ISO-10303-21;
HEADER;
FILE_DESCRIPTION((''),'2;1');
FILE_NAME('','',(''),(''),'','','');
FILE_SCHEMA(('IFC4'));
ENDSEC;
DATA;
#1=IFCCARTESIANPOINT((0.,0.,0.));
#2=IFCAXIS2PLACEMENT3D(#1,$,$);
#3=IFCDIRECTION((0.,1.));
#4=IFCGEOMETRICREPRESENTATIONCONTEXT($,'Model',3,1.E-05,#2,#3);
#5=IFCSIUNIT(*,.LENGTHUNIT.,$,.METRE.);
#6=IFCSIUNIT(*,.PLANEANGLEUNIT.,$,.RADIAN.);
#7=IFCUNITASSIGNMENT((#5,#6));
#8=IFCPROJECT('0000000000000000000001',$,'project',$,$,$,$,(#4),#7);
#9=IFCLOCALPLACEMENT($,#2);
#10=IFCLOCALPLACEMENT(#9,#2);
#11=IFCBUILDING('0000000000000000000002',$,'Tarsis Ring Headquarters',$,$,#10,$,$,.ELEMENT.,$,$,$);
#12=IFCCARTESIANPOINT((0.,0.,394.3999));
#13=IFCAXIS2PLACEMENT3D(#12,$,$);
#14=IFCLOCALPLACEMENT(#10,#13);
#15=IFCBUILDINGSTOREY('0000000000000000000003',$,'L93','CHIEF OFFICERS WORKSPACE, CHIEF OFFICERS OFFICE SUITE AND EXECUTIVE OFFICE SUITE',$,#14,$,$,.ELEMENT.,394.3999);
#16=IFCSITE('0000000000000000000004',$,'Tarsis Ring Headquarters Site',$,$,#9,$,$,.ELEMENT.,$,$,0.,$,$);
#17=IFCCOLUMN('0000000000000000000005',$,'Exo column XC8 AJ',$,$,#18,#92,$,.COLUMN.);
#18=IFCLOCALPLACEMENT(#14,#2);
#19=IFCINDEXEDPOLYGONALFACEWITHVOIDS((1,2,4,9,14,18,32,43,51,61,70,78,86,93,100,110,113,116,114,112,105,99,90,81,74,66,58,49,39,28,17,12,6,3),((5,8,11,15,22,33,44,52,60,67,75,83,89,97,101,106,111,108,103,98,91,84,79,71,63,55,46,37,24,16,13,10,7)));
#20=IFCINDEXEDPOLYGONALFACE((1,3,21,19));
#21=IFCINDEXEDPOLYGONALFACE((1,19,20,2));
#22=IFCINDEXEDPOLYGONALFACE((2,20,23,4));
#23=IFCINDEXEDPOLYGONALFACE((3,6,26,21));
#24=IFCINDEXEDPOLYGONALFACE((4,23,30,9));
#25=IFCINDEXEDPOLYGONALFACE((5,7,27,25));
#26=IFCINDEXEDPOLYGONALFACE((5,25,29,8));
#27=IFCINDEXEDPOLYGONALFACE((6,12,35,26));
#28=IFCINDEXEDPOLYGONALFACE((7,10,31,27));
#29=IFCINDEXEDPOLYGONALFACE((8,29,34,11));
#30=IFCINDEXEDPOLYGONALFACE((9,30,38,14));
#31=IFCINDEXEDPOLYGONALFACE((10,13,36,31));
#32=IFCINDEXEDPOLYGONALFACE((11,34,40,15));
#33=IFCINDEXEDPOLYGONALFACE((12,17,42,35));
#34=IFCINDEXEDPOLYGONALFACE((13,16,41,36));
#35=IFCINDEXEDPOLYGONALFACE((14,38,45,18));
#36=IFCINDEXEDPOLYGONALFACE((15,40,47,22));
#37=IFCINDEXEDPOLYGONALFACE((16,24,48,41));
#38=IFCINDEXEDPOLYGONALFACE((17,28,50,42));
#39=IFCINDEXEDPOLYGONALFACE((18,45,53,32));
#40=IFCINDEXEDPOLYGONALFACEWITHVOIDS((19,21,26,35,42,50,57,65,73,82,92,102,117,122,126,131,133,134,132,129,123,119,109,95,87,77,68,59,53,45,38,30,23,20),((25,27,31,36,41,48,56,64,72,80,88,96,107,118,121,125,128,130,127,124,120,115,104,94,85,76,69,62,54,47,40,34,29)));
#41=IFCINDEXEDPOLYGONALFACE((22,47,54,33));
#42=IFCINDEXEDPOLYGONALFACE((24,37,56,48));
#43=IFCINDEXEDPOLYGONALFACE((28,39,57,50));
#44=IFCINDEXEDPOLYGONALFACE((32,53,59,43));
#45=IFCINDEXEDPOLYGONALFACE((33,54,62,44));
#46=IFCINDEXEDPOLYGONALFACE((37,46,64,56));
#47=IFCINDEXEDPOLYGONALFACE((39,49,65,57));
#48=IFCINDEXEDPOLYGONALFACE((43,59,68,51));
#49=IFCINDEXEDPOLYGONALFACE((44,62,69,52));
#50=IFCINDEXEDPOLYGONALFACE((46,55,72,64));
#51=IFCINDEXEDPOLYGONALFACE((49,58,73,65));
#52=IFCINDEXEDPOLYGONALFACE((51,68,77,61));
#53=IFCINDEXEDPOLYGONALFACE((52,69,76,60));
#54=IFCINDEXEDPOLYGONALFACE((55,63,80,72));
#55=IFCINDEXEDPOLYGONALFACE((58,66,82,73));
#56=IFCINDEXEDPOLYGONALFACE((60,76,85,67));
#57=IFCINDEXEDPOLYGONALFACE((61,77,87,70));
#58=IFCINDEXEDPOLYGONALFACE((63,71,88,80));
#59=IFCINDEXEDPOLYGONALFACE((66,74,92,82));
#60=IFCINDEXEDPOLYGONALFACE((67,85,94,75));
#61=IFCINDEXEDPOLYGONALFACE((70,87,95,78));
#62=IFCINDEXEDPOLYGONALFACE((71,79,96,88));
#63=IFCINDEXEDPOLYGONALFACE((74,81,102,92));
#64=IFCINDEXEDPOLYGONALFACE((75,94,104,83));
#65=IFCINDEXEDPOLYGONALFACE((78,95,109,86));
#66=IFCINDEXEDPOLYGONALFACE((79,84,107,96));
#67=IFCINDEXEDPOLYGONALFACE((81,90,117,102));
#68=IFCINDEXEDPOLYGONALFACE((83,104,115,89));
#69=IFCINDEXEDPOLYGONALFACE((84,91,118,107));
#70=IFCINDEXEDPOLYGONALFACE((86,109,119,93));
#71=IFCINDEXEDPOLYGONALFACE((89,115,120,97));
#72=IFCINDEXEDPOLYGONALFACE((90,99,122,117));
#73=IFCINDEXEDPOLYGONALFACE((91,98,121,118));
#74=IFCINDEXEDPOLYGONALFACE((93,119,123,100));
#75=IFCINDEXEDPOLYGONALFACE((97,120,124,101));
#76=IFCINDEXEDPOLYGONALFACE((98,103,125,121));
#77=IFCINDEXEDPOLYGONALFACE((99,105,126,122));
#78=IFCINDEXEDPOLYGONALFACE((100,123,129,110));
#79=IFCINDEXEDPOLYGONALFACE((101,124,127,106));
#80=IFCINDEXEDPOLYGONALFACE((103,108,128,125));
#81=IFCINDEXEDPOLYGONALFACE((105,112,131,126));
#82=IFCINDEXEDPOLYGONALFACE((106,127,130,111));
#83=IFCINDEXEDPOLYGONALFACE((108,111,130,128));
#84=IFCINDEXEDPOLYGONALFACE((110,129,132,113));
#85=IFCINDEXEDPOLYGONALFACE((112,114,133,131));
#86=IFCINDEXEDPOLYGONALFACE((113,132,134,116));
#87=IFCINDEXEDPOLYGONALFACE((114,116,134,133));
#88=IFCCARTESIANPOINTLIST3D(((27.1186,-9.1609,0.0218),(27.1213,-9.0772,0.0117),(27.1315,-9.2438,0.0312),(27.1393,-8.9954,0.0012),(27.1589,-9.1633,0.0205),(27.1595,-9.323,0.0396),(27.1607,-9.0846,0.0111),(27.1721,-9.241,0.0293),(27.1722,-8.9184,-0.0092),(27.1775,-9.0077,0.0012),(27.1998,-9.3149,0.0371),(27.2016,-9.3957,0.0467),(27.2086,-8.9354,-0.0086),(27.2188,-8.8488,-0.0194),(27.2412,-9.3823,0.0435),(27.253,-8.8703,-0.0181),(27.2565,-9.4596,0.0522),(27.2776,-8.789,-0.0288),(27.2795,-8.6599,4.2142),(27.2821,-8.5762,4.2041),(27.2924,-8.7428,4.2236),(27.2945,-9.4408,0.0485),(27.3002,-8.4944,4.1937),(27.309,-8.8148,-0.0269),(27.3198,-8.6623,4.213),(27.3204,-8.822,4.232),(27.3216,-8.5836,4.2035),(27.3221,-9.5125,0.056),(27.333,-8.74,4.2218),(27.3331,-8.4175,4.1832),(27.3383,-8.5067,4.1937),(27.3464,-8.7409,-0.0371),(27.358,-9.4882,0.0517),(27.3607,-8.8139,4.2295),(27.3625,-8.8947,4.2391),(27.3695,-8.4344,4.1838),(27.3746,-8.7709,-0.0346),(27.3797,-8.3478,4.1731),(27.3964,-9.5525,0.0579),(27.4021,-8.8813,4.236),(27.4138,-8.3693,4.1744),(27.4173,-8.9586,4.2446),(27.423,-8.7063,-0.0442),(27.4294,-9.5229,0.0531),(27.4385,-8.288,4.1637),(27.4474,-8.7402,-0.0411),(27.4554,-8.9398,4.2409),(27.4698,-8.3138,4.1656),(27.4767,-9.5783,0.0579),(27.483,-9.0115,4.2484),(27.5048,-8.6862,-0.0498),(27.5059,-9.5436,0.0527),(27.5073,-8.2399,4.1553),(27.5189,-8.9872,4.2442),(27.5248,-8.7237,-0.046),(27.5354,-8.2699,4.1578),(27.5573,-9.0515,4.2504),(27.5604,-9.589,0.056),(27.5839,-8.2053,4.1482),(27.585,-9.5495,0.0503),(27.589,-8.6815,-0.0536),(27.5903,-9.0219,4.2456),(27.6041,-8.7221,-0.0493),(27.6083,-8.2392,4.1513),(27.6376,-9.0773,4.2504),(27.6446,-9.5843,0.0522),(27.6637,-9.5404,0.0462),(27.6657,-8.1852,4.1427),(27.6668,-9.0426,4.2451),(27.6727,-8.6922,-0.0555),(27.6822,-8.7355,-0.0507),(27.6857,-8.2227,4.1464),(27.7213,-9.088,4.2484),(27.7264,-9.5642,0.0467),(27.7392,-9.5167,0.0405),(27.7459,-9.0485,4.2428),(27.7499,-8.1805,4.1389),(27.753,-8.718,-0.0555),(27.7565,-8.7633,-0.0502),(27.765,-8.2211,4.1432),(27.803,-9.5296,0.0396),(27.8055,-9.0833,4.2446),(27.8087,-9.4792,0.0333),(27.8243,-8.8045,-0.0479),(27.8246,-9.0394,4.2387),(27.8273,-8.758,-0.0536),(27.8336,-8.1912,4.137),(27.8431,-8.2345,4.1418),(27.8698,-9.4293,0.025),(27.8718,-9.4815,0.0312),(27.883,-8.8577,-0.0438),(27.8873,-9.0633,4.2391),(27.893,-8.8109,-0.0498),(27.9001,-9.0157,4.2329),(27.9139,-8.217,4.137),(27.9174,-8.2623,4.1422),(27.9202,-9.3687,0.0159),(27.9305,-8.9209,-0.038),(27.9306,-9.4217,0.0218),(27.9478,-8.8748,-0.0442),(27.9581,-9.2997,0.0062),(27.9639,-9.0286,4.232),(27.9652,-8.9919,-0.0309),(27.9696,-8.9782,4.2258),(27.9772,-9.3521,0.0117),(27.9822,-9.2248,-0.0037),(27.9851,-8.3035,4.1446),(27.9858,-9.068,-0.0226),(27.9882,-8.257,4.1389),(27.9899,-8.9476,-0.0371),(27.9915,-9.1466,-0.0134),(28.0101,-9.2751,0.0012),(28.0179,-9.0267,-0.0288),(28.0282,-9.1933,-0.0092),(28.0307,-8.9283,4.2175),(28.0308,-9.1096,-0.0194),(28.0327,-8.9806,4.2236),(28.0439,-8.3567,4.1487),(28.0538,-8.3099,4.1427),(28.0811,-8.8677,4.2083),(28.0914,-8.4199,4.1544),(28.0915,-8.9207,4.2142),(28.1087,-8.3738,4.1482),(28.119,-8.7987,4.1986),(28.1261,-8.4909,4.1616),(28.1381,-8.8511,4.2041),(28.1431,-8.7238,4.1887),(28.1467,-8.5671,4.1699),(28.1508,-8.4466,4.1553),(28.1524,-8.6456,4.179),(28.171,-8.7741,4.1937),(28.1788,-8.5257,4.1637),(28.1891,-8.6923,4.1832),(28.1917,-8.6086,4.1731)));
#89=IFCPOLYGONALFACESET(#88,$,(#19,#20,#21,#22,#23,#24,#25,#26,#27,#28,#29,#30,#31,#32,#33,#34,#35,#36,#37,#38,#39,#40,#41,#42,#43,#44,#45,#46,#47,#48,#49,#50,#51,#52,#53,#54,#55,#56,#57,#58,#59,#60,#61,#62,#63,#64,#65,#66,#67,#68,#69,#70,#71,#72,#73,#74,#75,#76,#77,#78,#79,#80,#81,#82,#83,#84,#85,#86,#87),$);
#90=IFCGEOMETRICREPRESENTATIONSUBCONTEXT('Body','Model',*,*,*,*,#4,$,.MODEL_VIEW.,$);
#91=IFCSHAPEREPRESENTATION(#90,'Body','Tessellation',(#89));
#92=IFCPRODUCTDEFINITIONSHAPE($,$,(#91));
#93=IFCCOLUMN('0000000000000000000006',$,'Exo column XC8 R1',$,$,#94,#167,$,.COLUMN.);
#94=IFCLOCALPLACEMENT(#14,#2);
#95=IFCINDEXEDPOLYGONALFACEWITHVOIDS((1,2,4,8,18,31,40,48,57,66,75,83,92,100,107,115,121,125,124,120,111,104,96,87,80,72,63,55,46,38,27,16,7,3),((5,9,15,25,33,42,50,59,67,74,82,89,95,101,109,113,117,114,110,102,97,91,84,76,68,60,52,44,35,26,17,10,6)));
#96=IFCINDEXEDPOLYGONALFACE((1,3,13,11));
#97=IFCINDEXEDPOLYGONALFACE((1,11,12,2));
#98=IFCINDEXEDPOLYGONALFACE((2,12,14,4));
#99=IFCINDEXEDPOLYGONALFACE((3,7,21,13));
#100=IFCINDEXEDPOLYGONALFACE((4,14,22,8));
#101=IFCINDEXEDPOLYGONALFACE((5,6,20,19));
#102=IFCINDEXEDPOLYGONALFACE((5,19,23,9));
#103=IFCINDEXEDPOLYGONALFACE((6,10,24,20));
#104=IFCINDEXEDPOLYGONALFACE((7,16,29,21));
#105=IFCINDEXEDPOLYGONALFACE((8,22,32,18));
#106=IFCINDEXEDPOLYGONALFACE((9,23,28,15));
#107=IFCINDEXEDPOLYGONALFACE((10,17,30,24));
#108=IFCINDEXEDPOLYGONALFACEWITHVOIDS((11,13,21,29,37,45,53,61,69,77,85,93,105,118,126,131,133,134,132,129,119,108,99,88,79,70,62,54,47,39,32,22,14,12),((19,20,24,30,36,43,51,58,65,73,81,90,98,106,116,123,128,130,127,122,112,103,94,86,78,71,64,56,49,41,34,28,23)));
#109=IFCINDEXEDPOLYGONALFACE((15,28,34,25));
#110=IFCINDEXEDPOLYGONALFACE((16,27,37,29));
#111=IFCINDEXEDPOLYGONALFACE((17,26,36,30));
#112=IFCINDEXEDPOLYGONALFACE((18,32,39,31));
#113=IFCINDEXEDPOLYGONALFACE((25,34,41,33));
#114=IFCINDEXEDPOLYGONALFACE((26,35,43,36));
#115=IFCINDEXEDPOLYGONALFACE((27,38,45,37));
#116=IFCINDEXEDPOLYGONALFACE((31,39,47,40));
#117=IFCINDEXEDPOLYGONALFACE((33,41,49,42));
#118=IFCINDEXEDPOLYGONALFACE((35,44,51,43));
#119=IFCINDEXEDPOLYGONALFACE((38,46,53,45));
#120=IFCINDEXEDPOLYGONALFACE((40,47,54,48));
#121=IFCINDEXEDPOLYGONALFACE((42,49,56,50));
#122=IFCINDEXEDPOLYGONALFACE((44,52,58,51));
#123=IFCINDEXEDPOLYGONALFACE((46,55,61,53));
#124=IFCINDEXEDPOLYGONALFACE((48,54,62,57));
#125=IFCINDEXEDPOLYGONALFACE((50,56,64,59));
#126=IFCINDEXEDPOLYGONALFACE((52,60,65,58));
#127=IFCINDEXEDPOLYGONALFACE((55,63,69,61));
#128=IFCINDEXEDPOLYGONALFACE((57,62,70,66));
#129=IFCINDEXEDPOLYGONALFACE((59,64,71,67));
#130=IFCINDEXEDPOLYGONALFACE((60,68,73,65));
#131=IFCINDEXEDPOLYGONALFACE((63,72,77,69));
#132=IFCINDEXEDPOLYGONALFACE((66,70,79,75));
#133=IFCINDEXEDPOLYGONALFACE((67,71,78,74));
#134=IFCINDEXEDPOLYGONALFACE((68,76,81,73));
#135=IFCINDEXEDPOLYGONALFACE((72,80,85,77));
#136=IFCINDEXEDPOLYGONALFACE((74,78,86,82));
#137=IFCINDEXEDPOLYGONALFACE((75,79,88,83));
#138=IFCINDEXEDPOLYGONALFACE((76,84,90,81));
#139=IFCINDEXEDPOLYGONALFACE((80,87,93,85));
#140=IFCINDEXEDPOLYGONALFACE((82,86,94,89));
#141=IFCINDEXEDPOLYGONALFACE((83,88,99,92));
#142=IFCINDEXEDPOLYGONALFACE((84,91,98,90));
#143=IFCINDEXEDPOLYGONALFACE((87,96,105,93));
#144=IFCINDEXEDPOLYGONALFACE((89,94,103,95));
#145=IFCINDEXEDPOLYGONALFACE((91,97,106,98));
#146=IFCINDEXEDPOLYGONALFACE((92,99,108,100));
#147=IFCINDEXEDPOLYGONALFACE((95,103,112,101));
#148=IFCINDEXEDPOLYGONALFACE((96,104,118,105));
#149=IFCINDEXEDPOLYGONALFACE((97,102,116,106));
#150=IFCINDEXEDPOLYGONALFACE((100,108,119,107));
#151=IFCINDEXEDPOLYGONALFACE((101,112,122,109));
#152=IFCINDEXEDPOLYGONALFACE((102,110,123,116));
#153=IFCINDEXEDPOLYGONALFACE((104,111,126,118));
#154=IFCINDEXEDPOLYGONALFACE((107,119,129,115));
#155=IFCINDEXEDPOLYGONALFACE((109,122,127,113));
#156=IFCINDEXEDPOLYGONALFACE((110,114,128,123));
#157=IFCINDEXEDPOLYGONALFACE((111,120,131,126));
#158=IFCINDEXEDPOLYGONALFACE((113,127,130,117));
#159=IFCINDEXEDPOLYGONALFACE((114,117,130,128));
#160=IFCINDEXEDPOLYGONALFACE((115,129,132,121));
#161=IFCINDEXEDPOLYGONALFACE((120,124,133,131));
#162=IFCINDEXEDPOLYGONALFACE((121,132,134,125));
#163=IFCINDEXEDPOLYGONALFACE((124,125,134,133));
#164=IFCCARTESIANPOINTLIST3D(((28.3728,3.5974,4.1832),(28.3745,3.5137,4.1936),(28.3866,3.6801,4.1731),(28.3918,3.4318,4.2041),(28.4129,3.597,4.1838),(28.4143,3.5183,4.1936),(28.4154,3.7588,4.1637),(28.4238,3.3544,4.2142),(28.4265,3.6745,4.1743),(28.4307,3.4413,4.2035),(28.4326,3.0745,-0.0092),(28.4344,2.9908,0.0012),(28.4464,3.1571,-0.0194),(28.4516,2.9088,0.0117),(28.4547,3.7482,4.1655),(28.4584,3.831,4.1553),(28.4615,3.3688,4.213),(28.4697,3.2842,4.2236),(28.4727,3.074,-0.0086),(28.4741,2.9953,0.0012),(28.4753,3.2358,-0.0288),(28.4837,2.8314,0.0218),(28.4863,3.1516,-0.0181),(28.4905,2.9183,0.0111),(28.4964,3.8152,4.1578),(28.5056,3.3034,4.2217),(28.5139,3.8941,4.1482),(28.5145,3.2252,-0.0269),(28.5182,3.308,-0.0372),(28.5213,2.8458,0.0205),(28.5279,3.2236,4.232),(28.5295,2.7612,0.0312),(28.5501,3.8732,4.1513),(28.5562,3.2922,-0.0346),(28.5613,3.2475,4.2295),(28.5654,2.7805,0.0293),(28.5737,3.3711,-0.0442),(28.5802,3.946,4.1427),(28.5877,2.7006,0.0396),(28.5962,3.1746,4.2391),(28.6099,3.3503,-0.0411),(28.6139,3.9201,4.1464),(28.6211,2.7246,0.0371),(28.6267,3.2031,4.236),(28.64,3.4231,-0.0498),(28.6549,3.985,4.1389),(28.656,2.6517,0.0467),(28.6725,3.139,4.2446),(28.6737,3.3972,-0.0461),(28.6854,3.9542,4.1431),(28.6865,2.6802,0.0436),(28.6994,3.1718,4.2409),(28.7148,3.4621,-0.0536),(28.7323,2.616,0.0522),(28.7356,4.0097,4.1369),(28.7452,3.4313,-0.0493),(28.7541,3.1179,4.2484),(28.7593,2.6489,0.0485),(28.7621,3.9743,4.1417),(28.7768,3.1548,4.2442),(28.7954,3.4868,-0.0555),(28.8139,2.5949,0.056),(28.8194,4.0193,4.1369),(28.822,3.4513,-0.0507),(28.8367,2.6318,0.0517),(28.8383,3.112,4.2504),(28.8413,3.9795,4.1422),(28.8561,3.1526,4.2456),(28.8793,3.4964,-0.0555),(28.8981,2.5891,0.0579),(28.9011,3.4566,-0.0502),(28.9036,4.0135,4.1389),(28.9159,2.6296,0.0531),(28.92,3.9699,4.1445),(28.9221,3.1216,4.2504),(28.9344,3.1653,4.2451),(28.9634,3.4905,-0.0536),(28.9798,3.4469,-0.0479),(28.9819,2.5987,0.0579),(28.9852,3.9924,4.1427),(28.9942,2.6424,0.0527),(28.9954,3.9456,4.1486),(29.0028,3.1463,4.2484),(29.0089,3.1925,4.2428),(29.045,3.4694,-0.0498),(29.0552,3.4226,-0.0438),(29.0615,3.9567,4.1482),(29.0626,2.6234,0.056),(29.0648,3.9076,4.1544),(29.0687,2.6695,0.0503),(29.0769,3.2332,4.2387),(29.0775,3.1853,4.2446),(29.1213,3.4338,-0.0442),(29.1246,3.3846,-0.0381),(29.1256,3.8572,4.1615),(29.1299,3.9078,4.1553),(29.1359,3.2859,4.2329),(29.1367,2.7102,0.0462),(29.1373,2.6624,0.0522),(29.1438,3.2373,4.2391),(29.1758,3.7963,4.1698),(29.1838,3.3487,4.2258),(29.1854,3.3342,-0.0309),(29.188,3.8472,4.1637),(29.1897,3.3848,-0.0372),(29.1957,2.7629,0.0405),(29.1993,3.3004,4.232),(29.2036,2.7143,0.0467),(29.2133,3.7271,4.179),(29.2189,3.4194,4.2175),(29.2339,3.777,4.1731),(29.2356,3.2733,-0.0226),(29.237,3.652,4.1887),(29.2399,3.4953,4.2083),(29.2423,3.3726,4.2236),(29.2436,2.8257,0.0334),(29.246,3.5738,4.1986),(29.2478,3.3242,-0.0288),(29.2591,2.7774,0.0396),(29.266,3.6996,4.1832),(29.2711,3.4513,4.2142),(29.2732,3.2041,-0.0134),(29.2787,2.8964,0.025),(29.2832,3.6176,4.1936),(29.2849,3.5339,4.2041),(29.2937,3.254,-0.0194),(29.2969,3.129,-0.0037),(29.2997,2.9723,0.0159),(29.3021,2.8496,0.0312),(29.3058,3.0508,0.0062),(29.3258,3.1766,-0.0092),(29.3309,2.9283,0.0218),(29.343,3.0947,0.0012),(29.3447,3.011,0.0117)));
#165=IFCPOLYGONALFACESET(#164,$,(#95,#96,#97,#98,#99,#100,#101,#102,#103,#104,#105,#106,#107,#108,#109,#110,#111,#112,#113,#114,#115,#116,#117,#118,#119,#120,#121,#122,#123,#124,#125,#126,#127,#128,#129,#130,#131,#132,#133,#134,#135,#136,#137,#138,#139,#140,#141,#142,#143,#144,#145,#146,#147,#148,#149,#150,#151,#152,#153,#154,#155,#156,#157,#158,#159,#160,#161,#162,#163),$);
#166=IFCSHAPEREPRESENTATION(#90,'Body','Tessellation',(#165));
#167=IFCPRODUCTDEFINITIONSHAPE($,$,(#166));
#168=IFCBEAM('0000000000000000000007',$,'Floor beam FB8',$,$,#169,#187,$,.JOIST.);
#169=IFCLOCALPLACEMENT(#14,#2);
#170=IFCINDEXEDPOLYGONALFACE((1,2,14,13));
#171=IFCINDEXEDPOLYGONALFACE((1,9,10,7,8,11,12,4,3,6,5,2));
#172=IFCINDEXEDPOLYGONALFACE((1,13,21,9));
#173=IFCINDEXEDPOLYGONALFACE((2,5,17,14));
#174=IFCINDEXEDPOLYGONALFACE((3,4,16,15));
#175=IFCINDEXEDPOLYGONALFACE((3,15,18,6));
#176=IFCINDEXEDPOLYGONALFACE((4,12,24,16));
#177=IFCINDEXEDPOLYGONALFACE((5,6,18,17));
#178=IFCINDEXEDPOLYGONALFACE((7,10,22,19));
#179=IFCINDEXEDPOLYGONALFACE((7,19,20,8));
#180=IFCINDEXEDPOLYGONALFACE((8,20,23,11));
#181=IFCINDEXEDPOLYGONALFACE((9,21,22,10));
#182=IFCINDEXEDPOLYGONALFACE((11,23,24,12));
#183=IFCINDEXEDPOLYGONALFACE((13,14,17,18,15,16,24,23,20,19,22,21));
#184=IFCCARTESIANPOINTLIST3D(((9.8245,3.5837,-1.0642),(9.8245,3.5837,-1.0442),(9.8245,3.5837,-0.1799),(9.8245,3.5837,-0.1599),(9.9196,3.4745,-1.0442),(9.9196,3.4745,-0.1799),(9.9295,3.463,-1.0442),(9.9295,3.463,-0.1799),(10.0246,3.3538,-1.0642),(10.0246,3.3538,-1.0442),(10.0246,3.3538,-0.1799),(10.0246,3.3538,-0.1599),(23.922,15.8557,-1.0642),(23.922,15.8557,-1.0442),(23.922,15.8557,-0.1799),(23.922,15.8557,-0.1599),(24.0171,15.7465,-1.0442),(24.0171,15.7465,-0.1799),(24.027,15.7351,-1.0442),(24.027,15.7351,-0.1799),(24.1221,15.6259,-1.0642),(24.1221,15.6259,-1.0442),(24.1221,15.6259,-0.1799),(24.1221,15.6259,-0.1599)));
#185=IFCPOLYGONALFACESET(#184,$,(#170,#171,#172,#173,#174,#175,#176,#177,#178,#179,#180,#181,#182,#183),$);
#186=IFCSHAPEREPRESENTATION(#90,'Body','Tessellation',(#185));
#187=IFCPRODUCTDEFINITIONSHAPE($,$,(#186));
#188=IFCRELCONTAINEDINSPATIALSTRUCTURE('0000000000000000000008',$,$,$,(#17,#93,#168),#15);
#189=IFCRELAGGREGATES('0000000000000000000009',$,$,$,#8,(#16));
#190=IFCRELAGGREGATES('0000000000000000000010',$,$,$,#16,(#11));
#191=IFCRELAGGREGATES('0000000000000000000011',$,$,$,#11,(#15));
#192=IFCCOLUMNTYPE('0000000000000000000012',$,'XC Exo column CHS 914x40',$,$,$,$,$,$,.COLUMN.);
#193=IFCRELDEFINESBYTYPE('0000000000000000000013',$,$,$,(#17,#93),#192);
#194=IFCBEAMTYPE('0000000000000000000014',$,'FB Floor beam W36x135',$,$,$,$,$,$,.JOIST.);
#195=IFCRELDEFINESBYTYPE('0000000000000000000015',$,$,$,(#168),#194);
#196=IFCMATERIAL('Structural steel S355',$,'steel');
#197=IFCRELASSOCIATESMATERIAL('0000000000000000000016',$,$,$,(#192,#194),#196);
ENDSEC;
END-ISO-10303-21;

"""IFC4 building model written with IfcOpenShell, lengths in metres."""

from ifc_helpers import new_model, si_unit, direction, frame, origin, origin_2d, place, context, subcontext, project, spatial, hollow_circle, i_section, extrude, material, material_profile, profile_set, type_object, element, save


model = new_model("IFC4")

# Units and contexts
model_context = context("Model", 3, precision=1e-05, world=origin(), true_north=direction((0.0, 1.0)))
body_context = subcontext(model_context, "Body", "Model", "MODEL_VIEW")
ifc_project = project(units=[si_unit("LENGTHUNIT", "METRE"), si_unit("PLANEANGLEUNIT", "RADIAN")], contexts=[model_context])

# Site, building, storey
site_placement = place(None, origin())
site = spatial("IfcSite", under=ifc_project, at=site_placement, Name="Tarsis Ring Headquarters Site", CompositionType="ELEMENT", RefElevation=0.0)
building_placement = place(site_placement, origin())
building = spatial("IfcBuilding", under=site, at=building_placement, Name="Tarsis Ring Headquarters", CompositionType="ELEMENT")
storey_placement = place(building_placement, frame((0.0, 0.0, 394.3999)))
storey = spatial("IfcBuildingStorey", under=building, at=storey_placement, Name="L93", Description="CHIEF OFFICERS WORKSPACE, CHIEF OFFICERS OFFICE SUITE AND EXECUTIVE OFFICE SUITE", CompositionType="ELEMENT", Elevation=394.3999)

# Columns
ifc_material_1 = material(Name="Structural steel S355", Category="steel")
ifc_material_profile_1 = material_profile(ifc_material_1, hollow_circle(Radius=0.457, WallThickness=0.04, at=origin_2d()), Name="CHS 914x40")
ifc_profile_set_1 = profile_set([ifc_material_profile_1], Name="Structural steel S355")
column_type = type_object("IfcColumnType", Name="XC Exo column CHS 914x40", PredefinedType="COLUMN", material=ifc_profile_set_1)
for number, where, z_axis, x_axis, name in (
    (1, (27.5747, -9.1353, 0.0012), (0.038078, 0.118567, 0.992216), (-0.952106, 0.305769, 0.0), "Exo column XC8 AJ"),
    (2, (28.8887, 3.0427, 0.0012), (-0.014156, 0.123766, 0.99221), (-0.993522, -0.113638, 0.0), "Exo column XC8 R1"),
):
    element("IfcColumn", number, at=place(storey_placement, frame(where, z_axis=z_axis, x_axis=x_axis)), inside=storey, type_object=column_type, Name=name, PredefinedType="COLUMN", context=body_context, shape_type="SweptSolid", body=[
        extrude(hollow_circle(Radius=0.4573, WallThickness=0.04, at=origin_2d()), origin(), (0.0, 0.0, 1.0), 4.2253),
    ])

# Beam
ifc_material_profile_2 = material_profile(ifc_material_1, i_section(OverallWidth=0.3047, OverallDepth=0.9043, WebThickness=0.0151, FlangeThickness=0.02, at=origin_2d()), Name="W36x135")
ifc_profile_set_2 = profile_set([ifc_material_profile_2], Name="Structural steel S355")
beam_type_1 = type_object("IfcBeamType", Name="FB Floor beam W36x135", PredefinedType="JOIST", material=ifc_profile_set_2)
beam_1_placement = place(storey_placement, frame((9.9246, 3.4688, -0.6121), z_axis=(0.754252, 0.656585, 0.0), x_axis=(-0.656585, 0.754252, 0.0)))
element("IfcBeam", 3, at=beam_1_placement, inside=storey, type_object=beam_type_1, Name="Floor beam FB8", PredefinedType="JOIST", context=body_context, shape_type="SweptSolid", body=[
    extrude(i_section(OverallWidth=0.3047, OverallDepth=0.9043, WebThickness=0.0151, FlangeThickness=0.02, at=origin_2d()), origin(), (0.0, 0.0, 1.0), 18.6907),
])

save(model, "model.ifc")
